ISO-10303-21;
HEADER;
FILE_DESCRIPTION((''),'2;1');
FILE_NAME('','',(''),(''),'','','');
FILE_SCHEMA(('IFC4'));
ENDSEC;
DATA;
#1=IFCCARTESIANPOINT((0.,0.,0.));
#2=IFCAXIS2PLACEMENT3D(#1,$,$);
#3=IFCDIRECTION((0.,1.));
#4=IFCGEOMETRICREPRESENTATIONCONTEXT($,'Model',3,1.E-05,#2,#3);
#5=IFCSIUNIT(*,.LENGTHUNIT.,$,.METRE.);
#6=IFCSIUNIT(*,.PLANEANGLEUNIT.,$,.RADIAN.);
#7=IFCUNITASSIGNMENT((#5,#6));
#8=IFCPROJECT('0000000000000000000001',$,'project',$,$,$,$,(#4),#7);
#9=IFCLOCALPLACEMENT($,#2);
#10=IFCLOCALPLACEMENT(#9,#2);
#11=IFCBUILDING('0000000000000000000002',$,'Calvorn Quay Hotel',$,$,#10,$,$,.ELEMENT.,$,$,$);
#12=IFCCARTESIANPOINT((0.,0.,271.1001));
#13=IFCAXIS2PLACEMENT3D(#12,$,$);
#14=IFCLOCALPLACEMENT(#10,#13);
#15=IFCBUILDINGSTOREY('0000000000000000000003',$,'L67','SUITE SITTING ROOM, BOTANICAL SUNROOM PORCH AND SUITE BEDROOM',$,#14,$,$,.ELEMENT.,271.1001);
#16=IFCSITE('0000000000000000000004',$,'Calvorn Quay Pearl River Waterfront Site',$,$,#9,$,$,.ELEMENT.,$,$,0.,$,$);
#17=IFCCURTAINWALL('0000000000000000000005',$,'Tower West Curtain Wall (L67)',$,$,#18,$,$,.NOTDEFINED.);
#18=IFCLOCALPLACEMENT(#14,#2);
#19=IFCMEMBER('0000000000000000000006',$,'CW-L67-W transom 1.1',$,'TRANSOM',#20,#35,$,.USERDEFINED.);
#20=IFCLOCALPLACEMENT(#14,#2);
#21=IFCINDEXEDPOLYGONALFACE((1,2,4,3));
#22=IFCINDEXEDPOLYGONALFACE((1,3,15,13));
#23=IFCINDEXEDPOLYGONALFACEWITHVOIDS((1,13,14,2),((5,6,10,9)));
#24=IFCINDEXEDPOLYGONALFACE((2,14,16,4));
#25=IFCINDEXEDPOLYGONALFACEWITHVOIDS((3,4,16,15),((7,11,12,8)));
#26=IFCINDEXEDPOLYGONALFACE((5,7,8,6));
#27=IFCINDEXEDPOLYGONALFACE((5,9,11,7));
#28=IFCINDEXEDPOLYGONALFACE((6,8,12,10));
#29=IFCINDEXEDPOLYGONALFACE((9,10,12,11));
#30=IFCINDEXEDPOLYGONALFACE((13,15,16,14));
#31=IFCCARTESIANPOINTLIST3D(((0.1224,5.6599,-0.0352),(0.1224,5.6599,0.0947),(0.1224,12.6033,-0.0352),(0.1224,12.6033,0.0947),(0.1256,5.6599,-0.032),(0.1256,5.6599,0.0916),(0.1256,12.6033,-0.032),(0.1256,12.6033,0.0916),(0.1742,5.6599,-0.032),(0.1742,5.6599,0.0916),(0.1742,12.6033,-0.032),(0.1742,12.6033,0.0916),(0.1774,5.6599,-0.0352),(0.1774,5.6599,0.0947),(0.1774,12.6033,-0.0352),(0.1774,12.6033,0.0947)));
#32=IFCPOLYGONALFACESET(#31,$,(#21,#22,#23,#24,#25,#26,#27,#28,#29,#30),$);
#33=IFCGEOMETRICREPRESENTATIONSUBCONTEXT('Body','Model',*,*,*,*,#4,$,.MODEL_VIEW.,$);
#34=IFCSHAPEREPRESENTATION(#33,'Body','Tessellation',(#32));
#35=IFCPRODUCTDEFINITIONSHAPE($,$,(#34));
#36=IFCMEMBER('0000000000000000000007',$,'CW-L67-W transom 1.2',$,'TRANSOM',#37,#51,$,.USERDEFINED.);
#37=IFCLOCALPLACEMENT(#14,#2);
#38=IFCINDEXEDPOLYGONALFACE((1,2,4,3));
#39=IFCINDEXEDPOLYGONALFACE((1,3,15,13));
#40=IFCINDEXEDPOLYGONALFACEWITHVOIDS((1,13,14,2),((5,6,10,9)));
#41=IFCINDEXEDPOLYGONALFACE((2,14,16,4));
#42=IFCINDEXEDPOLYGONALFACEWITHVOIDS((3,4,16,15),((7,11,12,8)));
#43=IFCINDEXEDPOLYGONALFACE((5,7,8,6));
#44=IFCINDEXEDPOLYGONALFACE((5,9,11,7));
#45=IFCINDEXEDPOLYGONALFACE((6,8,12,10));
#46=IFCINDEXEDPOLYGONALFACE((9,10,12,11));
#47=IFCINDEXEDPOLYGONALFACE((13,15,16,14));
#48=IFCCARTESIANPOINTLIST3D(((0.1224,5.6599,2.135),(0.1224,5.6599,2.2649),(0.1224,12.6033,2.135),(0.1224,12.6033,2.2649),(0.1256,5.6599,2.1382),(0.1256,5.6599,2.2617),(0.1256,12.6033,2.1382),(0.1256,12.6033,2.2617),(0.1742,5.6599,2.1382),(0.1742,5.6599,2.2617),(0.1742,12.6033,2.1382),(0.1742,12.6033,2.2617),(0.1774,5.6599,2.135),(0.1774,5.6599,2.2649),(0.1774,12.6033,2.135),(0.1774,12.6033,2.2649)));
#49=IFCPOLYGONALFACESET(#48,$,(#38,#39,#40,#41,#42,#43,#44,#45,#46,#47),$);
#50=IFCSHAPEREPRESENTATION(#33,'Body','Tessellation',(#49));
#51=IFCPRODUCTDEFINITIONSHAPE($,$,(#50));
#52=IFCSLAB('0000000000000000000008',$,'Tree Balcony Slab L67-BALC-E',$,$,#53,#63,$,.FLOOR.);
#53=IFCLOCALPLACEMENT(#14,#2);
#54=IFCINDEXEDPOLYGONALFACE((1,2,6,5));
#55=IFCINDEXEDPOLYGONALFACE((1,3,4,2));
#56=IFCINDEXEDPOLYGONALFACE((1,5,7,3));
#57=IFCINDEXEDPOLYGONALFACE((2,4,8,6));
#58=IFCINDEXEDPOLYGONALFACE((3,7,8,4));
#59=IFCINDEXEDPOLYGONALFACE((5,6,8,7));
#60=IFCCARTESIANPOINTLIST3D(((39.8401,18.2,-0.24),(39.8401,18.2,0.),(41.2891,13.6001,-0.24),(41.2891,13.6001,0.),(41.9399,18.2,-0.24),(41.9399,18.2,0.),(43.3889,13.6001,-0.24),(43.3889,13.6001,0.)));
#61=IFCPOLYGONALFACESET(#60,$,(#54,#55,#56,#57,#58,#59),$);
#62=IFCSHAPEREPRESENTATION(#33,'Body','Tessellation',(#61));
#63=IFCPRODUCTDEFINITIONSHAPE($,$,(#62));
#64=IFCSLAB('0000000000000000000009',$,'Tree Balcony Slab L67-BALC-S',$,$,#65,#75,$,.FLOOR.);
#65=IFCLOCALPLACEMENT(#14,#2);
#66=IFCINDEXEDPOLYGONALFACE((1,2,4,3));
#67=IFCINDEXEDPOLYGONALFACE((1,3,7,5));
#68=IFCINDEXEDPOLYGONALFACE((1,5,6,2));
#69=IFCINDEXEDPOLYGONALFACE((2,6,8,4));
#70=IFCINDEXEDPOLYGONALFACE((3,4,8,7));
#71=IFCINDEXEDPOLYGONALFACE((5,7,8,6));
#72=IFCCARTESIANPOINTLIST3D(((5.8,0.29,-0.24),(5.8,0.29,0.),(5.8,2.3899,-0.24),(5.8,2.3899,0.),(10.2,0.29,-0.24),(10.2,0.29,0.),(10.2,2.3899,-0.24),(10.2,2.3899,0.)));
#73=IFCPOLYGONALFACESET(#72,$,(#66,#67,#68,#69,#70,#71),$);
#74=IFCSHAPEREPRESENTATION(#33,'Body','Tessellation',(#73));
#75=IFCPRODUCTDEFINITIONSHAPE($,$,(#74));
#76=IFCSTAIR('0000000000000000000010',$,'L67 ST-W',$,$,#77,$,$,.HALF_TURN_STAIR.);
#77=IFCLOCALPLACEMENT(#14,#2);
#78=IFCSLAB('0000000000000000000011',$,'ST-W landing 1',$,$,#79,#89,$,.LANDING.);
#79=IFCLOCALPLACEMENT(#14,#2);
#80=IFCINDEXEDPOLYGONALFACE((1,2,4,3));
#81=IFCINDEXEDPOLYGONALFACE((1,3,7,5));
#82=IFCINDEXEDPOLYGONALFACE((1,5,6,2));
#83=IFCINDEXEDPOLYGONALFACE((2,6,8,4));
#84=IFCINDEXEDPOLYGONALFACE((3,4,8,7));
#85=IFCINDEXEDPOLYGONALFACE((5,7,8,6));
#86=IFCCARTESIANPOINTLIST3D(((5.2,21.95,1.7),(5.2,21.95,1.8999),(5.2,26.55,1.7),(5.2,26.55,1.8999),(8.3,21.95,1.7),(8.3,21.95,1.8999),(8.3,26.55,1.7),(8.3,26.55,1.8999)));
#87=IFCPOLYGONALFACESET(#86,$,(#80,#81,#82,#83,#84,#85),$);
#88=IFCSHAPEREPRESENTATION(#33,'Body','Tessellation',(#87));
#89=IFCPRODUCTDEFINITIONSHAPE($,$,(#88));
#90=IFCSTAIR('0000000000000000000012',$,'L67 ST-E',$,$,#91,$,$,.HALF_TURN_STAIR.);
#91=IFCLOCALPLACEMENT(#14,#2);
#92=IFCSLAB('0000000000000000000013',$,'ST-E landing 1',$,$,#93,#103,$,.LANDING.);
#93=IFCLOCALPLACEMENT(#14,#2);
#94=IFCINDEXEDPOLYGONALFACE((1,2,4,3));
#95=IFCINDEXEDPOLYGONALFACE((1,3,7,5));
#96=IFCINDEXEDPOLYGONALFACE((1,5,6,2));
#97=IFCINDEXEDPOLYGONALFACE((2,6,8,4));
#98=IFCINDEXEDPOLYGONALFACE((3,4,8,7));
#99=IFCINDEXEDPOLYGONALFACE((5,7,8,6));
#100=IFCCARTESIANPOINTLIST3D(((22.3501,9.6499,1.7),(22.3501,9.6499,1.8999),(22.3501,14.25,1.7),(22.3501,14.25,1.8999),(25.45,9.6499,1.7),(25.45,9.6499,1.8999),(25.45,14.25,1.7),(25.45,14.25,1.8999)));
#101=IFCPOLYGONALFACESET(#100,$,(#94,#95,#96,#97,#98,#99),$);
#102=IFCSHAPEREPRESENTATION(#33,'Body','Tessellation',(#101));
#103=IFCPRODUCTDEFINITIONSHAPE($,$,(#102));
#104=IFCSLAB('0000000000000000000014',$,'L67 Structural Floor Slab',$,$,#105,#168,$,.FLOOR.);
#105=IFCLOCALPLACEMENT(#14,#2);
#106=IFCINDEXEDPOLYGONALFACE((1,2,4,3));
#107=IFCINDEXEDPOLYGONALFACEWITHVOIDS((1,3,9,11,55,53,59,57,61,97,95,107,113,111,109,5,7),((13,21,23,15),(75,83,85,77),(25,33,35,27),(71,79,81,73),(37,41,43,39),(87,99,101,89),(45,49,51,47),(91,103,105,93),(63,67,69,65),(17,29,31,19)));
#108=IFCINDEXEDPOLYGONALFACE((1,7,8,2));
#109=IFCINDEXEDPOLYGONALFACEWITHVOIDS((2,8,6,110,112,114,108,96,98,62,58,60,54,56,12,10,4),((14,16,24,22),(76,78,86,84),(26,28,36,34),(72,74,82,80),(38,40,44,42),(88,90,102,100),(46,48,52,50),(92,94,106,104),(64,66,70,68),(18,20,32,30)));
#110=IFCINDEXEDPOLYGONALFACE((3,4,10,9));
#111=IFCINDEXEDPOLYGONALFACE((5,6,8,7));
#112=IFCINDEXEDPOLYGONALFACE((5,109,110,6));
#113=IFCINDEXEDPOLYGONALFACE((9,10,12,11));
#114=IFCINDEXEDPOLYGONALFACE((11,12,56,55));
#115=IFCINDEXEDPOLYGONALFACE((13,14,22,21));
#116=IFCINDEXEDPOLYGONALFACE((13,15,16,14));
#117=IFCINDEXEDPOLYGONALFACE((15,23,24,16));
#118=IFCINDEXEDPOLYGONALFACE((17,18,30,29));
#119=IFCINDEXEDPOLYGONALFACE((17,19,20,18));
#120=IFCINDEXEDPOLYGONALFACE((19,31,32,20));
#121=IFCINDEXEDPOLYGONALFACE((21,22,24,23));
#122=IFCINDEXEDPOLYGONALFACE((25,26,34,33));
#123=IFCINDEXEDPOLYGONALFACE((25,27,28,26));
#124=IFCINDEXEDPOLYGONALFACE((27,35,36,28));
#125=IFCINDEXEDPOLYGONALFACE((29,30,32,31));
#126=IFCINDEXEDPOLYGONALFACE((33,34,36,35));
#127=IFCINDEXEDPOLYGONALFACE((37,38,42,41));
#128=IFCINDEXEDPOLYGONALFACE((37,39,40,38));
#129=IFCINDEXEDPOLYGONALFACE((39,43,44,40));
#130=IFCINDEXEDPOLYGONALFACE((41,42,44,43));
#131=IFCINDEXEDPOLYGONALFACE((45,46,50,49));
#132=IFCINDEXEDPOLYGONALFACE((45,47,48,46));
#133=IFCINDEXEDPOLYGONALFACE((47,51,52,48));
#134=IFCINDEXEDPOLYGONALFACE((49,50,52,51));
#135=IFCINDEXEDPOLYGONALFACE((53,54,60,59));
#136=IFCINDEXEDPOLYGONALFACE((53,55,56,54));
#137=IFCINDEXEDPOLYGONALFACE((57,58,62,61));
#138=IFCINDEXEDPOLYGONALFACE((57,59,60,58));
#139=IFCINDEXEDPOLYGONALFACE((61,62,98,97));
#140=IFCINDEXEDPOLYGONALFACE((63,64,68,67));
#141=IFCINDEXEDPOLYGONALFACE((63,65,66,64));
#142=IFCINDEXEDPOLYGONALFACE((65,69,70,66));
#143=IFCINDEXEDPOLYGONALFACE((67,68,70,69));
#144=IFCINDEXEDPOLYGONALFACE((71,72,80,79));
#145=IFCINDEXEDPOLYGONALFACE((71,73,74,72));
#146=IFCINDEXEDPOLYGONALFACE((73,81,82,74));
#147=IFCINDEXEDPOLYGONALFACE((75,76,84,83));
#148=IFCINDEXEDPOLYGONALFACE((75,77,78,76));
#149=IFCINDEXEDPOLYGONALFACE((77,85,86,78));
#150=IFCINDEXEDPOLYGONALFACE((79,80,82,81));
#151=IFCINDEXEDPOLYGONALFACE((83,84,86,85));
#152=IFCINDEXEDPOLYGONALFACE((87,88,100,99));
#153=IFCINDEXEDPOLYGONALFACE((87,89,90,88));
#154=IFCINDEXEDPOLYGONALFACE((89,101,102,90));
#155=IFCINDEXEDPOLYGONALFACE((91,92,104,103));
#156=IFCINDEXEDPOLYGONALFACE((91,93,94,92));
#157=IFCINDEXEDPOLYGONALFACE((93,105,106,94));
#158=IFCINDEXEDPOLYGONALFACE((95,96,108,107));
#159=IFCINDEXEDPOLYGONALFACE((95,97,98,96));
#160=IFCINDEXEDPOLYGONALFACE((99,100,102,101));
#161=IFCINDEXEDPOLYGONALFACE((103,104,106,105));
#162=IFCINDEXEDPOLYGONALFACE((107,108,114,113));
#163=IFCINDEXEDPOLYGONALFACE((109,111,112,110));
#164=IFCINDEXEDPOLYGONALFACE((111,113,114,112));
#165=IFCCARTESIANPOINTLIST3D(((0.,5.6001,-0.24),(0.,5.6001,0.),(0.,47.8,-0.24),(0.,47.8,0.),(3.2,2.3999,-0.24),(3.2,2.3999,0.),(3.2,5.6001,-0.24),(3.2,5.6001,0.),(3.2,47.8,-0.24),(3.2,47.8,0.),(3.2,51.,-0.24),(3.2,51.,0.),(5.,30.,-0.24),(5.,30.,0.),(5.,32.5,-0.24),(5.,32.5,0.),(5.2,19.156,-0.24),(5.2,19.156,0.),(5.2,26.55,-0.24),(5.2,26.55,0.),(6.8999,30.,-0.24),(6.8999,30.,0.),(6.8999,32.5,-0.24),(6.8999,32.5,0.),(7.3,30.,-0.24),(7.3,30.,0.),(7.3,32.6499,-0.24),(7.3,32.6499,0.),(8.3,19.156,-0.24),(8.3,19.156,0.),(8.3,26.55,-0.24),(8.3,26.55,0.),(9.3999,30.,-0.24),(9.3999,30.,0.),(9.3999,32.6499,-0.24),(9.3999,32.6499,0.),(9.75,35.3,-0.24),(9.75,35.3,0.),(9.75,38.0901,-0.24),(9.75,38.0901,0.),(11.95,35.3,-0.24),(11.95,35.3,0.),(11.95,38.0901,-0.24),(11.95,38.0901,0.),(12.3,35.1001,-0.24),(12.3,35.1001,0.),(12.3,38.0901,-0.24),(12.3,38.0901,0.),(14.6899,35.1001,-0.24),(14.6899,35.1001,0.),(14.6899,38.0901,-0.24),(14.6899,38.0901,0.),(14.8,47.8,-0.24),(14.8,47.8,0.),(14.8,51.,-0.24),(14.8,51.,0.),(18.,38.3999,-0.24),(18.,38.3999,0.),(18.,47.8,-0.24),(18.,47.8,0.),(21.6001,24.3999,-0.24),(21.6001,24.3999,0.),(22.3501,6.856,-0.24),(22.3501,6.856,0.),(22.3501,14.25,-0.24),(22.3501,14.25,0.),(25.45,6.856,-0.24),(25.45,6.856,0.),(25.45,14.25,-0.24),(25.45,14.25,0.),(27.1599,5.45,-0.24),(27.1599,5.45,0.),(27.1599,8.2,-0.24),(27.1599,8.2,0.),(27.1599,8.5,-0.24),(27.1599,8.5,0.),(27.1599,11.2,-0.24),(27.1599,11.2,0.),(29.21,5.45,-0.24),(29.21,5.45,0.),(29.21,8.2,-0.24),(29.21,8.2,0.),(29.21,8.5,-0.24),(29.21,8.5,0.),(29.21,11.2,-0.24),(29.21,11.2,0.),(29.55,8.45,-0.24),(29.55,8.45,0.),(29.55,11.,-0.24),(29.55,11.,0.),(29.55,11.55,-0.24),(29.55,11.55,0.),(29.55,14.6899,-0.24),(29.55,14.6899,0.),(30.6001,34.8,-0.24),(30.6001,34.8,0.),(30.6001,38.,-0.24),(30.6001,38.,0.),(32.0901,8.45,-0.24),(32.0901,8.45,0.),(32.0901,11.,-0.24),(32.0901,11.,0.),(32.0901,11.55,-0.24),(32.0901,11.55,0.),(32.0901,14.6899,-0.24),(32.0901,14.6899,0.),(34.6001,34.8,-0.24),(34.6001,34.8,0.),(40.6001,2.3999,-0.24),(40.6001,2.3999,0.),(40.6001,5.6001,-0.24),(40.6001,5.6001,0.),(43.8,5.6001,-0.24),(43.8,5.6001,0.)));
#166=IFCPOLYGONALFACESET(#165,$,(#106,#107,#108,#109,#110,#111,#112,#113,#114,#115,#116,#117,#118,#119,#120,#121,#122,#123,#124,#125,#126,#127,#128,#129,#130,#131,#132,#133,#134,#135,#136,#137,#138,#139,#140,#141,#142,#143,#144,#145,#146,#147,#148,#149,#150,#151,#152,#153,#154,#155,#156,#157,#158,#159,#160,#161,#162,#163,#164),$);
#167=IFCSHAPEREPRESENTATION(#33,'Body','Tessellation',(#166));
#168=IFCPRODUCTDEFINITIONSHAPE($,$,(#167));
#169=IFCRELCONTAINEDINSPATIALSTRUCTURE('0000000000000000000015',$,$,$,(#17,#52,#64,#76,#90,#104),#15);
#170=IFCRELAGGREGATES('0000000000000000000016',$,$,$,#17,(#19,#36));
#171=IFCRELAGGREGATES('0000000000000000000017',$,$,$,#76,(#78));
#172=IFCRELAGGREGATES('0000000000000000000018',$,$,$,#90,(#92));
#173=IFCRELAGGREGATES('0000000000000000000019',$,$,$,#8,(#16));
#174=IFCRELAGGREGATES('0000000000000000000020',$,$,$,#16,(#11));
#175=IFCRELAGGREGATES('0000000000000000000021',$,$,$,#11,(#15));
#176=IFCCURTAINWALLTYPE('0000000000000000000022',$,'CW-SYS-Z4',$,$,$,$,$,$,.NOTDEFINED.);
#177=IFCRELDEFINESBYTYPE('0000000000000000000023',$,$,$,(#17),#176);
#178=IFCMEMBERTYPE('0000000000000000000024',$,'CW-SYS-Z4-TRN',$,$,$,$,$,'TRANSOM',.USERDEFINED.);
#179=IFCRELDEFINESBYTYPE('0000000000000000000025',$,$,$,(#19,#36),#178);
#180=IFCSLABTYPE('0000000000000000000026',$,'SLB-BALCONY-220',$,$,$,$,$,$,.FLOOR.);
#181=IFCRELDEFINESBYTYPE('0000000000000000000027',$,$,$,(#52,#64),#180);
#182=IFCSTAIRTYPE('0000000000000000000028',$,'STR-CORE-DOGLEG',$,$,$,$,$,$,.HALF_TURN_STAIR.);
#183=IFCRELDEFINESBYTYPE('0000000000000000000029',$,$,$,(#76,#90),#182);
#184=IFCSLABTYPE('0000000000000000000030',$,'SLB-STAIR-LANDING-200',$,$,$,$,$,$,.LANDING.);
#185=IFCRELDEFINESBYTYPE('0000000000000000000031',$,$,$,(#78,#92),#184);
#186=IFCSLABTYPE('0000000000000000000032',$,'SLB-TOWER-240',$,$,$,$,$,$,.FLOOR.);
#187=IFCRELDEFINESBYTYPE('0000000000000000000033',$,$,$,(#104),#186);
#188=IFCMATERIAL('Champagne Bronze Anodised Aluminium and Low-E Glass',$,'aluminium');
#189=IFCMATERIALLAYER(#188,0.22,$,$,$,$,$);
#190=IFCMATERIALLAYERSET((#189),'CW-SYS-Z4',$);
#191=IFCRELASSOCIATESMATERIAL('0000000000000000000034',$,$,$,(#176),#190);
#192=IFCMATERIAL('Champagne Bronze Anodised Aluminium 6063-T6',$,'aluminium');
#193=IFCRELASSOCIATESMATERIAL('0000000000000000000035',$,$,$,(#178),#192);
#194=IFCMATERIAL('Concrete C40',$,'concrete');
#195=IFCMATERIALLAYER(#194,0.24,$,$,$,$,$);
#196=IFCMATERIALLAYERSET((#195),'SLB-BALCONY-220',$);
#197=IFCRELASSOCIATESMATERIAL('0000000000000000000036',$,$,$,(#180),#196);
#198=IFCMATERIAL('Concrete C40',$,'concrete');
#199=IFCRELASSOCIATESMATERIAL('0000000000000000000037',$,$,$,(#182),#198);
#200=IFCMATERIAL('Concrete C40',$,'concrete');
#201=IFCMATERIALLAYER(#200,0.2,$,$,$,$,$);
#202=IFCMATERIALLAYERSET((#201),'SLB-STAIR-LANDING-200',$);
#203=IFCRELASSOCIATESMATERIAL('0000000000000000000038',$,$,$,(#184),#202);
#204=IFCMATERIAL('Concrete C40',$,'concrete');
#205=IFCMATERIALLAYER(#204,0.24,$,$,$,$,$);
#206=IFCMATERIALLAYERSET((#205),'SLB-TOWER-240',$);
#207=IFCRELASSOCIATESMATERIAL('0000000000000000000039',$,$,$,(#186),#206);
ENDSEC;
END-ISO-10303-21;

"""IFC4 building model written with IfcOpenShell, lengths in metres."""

from ifc_helpers import new_model, si_unit, direction, frame, origin, origin_2d, place, context, subcontext, project, spatial, polyline, hollow_rectangle, outline, extrude, material, layer, layer_set, material_profile, profile_set, type_object, element, aggregate, save


model = new_model("IFC4")

# Units and contexts
model_context = context("Model", 3, precision=1e-05, world=origin(), true_north=direction((0.0, 1.0)))
body_context = subcontext(model_context, "Body", "Model", "MODEL_VIEW")
ifc_project = project(units=[si_unit("LENGTHUNIT", "METRE"), si_unit("PLANEANGLEUNIT", "RADIAN")], contexts=[model_context])

# Site, building, storey
site_placement = place(None, origin())
site = spatial("IfcSite", under=ifc_project, at=site_placement, Name="Calvorn Quay Pearl River Waterfront Site", CompositionType="ELEMENT", RefElevation=0.0)
building_placement = place(site_placement, origin())
building = spatial("IfcBuilding", under=site, at=building_placement, Name="Calvorn Quay Hotel", CompositionType="ELEMENT")
storey_placement = place(building_placement, frame((0.0, 0.0, 271.1001)))
storey = spatial("IfcBuildingStorey", under=building, at=storey_placement, Name="L67", Description="SUITE SITTING ROOM, BOTANICAL SUNROOM PORCH AND SUITE BEDROOM", CompositionType="ELEMENT", Elevation=271.1001)

# Curtain wall, members
ifc_material_1 = material(Name="Champagne Bronze Anodised Aluminium and Low-E Glass", Category="aluminium")
ifc_layer_1 = layer(ifc_material_1, 0.22)
ifc_layer_set_1 = layer_set([ifc_layer_1], Name="CW-SYS-Z4")
curtain_wall_type = type_object("IfcCurtainWallType", Name="CW-SYS-Z4", PredefinedType="NOTDEFINED", material=ifc_layer_set_1)
curtain_wall_placement = place(storey_placement, origin())
curtain_wall = element("IfcCurtainWall", 1, at=curtain_wall_placement, inside=storey, type_object=curtain_wall_type, Name="Tower West Curtain Wall (L67)", PredefinedType="NOTDEFINED")
ifc_material_2 = material(Name="Champagne Bronze Anodised Aluminium 6063-T6", Category="aluminium")
ifc_material_profile_1 = material_profile(ifc_material_2, hollow_rectangle(XDim=0.0549, YDim=0.1299, WallThickness=0.0032, at=origin_2d()), Name="ALU-T130x55x3.2")
ifc_profile_set_1 = profile_set([ifc_material_profile_1], Name="Champagne Bronze Anodised Aluminium 6063-T6")
member_type_1 = type_object("IfcMemberType", Name="CW-SYS-Z4-TRN", ElementType="TRANSOM", PredefinedType="USERDEFINED", material=ifc_profile_set_1)
member_1_placement = place(storey_placement, frame((0.1499, 5.6599, 0.0298), z_axis=(0.0, 1.0, 0.0), x_axis=(-1.0, 0.0, 0.0)))
member_1 = element("IfcMember", 2, at=member_1_placement, type_object=member_type_1, Name="CW-L67-W transom 1.1", ObjectType="TRANSOM", PredefinedType="USERDEFINED", context=body_context, shape_type="SweptSolid", body=[
    extrude(hollow_rectangle(XDim=0.0549, YDim=0.1299, WallThickness=0.0032, at=origin_2d()), origin(), (0.0, 0.0, 1.0), 6.9434),
])
member_2_placement = place(storey_placement, frame((0.1499, 5.6599, 2.2), z_axis=(0.0, 1.0, 0.0), x_axis=(-1.0, 0.0, 0.0)))
member_2 = element("IfcMember", 3, at=member_2_placement, type_object=member_type_1, Name="CW-L67-W transom 1.2", ObjectType="TRANSOM", PredefinedType="USERDEFINED", context=body_context, shape_type="SweptSolid", body=[
    extrude(hollow_rectangle(XDim=0.0549, YDim=0.1299, WallThickness=0.0032, at=origin_2d()), origin(), (0.0, 0.0, 1.0), 6.9434),
])
aggregate(curtain_wall, [member_1, member_2])

# Slabs
ifc_material_3 = material(Name="Concrete C40", Category="concrete")
ifc_layer_2 = layer(ifc_material_3, 0.24)
ifc_layer_set_2 = layer_set([ifc_layer_2], Name="SLB-BALCONY-220")
slab_type_1 = type_object("IfcSlabType", Name="SLB-BALCONY-220", PredefinedType="FLOOR", material=ifc_layer_set_2)
slab_1_placement = place(storey_placement, frame((0.0, 0.0, -0.24)))
element("IfcSlab", 4, at=slab_1_placement, inside=storey, type_object=slab_type_1, Name="Tree Balcony Slab L67-BALC-E", PredefinedType="FLOOR", context=body_context, shape_type="SweptSolid", body=[
    extrude(outline(polyline([(41.2891, 13.6001), (43.3889, 13.6001), (41.9399, 18.2), (39.8401, 18.2), (41.2891, 13.6001)])), origin(), (0.0, 0.0, 1.0), 0.24),
])
slab_2_placement = place(storey_placement, frame((0.0, 0.0, -0.24)))
element("IfcSlab", 5, at=slab_2_placement, inside=storey, type_object=slab_type_1, Name="Tree Balcony Slab L67-BALC-S", PredefinedType="FLOOR", context=body_context, shape_type="SweptSolid", body=[
    extrude(outline(polyline([(5.8, 0.29), (10.2, 0.29), (10.2, 2.3899), (5.8, 2.3899), (5.8, 0.29)])), origin(), (0.0, 0.0, 1.0), 0.24),
])

# Stairs, slabs
ifc_material_4 = material(Name="Concrete C40", Category="concrete")
stair_type = type_object("IfcStairType", Name="STR-CORE-DOGLEG", PredefinedType="HALF_TURN_STAIR", material=ifc_material_4)
stair_1_placement = place(storey_placement, origin())
stair_1 = element("IfcStair", 6, at=stair_1_placement, inside=storey, type_object=stair_type, Name="L67 ST-W", PredefinedType="HALF_TURN_STAIR")
ifc_material_5 = material(Name="Concrete C40", Category="concrete")
ifc_layer_3 = layer(ifc_material_5, 0.2)
ifc_layer_set_3 = layer_set([ifc_layer_3], Name="SLB-STAIR-LANDING-200")
slab_type_2 = type_object("IfcSlabType", Name="SLB-STAIR-LANDING-200", PredefinedType="LANDING", material=ifc_layer_set_3)
slab_3_placement = place(storey_placement, frame((0.0, 0.0, 1.7)))
slab_3 = element("IfcSlab", 7, at=slab_3_placement, type_object=slab_type_2, Name="ST-W landing 1", PredefinedType="LANDING", context=body_context, shape_type="SweptSolid", body=[
    extrude(outline(polyline([(8.3, 21.95), (8.3, 26.55), (5.2, 26.55), (5.2, 21.95), (8.3, 21.95)])), origin(), (0.0, 0.0, 1.0), 0.2),
])
aggregate(stair_1, [slab_3])
stair_2_placement = place(storey_placement, origin())
stair_2 = element("IfcStair", 8, at=stair_2_placement, inside=storey, type_object=stair_type, Name="L67 ST-E", PredefinedType="HALF_TURN_STAIR")
slab_4_placement = place(storey_placement, frame((0.0, 0.0, 1.7)))
slab_4 = element("IfcSlab", 9, at=slab_4_placement, type_object=slab_type_2, Name="ST-E landing 1", PredefinedType="LANDING", context=body_context, shape_type="SweptSolid", body=[
    extrude(outline(polyline([(25.45, 9.6499), (25.45, 14.25), (22.3501, 14.25), (22.3501, 9.6499), (25.45, 9.6499)])), origin(), (0.0, 0.0, 1.0), 0.2),
])
aggregate(stair_2, [slab_4])

# Slab
ifc_material_6 = material(Name="Concrete C40", Category="concrete")
ifc_layer_4 = layer(ifc_material_6, 0.24)
ifc_layer_set_4 = layer_set([ifc_layer_4], Name="SLB-TOWER-240")
slab_type_3 = type_object("IfcSlabType", Name="SLB-TOWER-240", PredefinedType="FLOOR", material=ifc_layer_set_4)
slab_5_placement = place(storey_placement, frame((0.0, 0.0, -0.24)))
element("IfcSlab", 10, at=slab_5_placement, inside=storey, type_object=slab_type_3, Name="L67 Structural Floor Slab", PredefinedType="FLOOR", context=body_context, shape_type="SweptSolid", body=[
    extrude(outline(polyline([(0.0, 5.6001), (3.2, 5.6001), (3.2, 2.3999), (40.6001, 2.3999), (40.6001, 5.6001), (43.8, 5.6001), (34.6001, 34.8), (30.6001, 34.8), (30.6001, 38.0), (21.6001, 24.3999), (18.0, 38.3999), (18.0, 47.8), (14.8, 47.8), (14.8, 51.0), (3.2, 51.0), (3.2, 47.8), (0.0, 47.8), (0.0, 5.6001)]), holes=[polyline([(5.2, 19.156), (8.3, 19.156), (8.3, 26.55), (5.2, 26.55), (5.2, 19.156)]), polyline([(22.3501, 6.856), (25.45, 6.856), (25.45, 14.25), (22.3501, 14.25), (22.3501, 6.856)]), polyline([(5.0, 30.0), (6.8999, 30.0), (6.8999, 32.5), (5.0, 32.5), (5.0, 30.0)]), polyline([(7.3, 30.0), (9.3999, 30.0), (9.3999, 32.6499), (7.3, 32.6499), (7.3, 30.0)]), polyline([(27.1599, 8.5), (29.21, 8.5), (29.21, 11.2), (27.1599, 11.2), (27.1599, 8.5)]), polyline([(27.1599, 5.45), (29.21, 5.45), (29.21, 8.2), (27.1599, 8.2), (27.1599, 5.45)]), polyline([(12.3, 35.1001), (14.6899, 35.1001), (14.6899, 38.0901), (12.3, 38.0901), (12.3, 35.1001)]), polyline([(9.75, 35.3), (11.95, 35.3), (11.95, 38.0901), (9.75, 38.0901), (9.75, 35.3)]), polyline([(29.55, 11.55), (32.0901, 11.55), (32.0901, 14.6899), (29.55, 14.6899), (29.55, 11.55)]), polyline([(29.55, 8.45), (32.0901, 8.45), (32.0901, 11.0), (29.55, 11.0), (29.55, 8.45)])]), origin(), (0.0, 0.0, 1.0), 0.24),
])

save(model, "model.ifc")
